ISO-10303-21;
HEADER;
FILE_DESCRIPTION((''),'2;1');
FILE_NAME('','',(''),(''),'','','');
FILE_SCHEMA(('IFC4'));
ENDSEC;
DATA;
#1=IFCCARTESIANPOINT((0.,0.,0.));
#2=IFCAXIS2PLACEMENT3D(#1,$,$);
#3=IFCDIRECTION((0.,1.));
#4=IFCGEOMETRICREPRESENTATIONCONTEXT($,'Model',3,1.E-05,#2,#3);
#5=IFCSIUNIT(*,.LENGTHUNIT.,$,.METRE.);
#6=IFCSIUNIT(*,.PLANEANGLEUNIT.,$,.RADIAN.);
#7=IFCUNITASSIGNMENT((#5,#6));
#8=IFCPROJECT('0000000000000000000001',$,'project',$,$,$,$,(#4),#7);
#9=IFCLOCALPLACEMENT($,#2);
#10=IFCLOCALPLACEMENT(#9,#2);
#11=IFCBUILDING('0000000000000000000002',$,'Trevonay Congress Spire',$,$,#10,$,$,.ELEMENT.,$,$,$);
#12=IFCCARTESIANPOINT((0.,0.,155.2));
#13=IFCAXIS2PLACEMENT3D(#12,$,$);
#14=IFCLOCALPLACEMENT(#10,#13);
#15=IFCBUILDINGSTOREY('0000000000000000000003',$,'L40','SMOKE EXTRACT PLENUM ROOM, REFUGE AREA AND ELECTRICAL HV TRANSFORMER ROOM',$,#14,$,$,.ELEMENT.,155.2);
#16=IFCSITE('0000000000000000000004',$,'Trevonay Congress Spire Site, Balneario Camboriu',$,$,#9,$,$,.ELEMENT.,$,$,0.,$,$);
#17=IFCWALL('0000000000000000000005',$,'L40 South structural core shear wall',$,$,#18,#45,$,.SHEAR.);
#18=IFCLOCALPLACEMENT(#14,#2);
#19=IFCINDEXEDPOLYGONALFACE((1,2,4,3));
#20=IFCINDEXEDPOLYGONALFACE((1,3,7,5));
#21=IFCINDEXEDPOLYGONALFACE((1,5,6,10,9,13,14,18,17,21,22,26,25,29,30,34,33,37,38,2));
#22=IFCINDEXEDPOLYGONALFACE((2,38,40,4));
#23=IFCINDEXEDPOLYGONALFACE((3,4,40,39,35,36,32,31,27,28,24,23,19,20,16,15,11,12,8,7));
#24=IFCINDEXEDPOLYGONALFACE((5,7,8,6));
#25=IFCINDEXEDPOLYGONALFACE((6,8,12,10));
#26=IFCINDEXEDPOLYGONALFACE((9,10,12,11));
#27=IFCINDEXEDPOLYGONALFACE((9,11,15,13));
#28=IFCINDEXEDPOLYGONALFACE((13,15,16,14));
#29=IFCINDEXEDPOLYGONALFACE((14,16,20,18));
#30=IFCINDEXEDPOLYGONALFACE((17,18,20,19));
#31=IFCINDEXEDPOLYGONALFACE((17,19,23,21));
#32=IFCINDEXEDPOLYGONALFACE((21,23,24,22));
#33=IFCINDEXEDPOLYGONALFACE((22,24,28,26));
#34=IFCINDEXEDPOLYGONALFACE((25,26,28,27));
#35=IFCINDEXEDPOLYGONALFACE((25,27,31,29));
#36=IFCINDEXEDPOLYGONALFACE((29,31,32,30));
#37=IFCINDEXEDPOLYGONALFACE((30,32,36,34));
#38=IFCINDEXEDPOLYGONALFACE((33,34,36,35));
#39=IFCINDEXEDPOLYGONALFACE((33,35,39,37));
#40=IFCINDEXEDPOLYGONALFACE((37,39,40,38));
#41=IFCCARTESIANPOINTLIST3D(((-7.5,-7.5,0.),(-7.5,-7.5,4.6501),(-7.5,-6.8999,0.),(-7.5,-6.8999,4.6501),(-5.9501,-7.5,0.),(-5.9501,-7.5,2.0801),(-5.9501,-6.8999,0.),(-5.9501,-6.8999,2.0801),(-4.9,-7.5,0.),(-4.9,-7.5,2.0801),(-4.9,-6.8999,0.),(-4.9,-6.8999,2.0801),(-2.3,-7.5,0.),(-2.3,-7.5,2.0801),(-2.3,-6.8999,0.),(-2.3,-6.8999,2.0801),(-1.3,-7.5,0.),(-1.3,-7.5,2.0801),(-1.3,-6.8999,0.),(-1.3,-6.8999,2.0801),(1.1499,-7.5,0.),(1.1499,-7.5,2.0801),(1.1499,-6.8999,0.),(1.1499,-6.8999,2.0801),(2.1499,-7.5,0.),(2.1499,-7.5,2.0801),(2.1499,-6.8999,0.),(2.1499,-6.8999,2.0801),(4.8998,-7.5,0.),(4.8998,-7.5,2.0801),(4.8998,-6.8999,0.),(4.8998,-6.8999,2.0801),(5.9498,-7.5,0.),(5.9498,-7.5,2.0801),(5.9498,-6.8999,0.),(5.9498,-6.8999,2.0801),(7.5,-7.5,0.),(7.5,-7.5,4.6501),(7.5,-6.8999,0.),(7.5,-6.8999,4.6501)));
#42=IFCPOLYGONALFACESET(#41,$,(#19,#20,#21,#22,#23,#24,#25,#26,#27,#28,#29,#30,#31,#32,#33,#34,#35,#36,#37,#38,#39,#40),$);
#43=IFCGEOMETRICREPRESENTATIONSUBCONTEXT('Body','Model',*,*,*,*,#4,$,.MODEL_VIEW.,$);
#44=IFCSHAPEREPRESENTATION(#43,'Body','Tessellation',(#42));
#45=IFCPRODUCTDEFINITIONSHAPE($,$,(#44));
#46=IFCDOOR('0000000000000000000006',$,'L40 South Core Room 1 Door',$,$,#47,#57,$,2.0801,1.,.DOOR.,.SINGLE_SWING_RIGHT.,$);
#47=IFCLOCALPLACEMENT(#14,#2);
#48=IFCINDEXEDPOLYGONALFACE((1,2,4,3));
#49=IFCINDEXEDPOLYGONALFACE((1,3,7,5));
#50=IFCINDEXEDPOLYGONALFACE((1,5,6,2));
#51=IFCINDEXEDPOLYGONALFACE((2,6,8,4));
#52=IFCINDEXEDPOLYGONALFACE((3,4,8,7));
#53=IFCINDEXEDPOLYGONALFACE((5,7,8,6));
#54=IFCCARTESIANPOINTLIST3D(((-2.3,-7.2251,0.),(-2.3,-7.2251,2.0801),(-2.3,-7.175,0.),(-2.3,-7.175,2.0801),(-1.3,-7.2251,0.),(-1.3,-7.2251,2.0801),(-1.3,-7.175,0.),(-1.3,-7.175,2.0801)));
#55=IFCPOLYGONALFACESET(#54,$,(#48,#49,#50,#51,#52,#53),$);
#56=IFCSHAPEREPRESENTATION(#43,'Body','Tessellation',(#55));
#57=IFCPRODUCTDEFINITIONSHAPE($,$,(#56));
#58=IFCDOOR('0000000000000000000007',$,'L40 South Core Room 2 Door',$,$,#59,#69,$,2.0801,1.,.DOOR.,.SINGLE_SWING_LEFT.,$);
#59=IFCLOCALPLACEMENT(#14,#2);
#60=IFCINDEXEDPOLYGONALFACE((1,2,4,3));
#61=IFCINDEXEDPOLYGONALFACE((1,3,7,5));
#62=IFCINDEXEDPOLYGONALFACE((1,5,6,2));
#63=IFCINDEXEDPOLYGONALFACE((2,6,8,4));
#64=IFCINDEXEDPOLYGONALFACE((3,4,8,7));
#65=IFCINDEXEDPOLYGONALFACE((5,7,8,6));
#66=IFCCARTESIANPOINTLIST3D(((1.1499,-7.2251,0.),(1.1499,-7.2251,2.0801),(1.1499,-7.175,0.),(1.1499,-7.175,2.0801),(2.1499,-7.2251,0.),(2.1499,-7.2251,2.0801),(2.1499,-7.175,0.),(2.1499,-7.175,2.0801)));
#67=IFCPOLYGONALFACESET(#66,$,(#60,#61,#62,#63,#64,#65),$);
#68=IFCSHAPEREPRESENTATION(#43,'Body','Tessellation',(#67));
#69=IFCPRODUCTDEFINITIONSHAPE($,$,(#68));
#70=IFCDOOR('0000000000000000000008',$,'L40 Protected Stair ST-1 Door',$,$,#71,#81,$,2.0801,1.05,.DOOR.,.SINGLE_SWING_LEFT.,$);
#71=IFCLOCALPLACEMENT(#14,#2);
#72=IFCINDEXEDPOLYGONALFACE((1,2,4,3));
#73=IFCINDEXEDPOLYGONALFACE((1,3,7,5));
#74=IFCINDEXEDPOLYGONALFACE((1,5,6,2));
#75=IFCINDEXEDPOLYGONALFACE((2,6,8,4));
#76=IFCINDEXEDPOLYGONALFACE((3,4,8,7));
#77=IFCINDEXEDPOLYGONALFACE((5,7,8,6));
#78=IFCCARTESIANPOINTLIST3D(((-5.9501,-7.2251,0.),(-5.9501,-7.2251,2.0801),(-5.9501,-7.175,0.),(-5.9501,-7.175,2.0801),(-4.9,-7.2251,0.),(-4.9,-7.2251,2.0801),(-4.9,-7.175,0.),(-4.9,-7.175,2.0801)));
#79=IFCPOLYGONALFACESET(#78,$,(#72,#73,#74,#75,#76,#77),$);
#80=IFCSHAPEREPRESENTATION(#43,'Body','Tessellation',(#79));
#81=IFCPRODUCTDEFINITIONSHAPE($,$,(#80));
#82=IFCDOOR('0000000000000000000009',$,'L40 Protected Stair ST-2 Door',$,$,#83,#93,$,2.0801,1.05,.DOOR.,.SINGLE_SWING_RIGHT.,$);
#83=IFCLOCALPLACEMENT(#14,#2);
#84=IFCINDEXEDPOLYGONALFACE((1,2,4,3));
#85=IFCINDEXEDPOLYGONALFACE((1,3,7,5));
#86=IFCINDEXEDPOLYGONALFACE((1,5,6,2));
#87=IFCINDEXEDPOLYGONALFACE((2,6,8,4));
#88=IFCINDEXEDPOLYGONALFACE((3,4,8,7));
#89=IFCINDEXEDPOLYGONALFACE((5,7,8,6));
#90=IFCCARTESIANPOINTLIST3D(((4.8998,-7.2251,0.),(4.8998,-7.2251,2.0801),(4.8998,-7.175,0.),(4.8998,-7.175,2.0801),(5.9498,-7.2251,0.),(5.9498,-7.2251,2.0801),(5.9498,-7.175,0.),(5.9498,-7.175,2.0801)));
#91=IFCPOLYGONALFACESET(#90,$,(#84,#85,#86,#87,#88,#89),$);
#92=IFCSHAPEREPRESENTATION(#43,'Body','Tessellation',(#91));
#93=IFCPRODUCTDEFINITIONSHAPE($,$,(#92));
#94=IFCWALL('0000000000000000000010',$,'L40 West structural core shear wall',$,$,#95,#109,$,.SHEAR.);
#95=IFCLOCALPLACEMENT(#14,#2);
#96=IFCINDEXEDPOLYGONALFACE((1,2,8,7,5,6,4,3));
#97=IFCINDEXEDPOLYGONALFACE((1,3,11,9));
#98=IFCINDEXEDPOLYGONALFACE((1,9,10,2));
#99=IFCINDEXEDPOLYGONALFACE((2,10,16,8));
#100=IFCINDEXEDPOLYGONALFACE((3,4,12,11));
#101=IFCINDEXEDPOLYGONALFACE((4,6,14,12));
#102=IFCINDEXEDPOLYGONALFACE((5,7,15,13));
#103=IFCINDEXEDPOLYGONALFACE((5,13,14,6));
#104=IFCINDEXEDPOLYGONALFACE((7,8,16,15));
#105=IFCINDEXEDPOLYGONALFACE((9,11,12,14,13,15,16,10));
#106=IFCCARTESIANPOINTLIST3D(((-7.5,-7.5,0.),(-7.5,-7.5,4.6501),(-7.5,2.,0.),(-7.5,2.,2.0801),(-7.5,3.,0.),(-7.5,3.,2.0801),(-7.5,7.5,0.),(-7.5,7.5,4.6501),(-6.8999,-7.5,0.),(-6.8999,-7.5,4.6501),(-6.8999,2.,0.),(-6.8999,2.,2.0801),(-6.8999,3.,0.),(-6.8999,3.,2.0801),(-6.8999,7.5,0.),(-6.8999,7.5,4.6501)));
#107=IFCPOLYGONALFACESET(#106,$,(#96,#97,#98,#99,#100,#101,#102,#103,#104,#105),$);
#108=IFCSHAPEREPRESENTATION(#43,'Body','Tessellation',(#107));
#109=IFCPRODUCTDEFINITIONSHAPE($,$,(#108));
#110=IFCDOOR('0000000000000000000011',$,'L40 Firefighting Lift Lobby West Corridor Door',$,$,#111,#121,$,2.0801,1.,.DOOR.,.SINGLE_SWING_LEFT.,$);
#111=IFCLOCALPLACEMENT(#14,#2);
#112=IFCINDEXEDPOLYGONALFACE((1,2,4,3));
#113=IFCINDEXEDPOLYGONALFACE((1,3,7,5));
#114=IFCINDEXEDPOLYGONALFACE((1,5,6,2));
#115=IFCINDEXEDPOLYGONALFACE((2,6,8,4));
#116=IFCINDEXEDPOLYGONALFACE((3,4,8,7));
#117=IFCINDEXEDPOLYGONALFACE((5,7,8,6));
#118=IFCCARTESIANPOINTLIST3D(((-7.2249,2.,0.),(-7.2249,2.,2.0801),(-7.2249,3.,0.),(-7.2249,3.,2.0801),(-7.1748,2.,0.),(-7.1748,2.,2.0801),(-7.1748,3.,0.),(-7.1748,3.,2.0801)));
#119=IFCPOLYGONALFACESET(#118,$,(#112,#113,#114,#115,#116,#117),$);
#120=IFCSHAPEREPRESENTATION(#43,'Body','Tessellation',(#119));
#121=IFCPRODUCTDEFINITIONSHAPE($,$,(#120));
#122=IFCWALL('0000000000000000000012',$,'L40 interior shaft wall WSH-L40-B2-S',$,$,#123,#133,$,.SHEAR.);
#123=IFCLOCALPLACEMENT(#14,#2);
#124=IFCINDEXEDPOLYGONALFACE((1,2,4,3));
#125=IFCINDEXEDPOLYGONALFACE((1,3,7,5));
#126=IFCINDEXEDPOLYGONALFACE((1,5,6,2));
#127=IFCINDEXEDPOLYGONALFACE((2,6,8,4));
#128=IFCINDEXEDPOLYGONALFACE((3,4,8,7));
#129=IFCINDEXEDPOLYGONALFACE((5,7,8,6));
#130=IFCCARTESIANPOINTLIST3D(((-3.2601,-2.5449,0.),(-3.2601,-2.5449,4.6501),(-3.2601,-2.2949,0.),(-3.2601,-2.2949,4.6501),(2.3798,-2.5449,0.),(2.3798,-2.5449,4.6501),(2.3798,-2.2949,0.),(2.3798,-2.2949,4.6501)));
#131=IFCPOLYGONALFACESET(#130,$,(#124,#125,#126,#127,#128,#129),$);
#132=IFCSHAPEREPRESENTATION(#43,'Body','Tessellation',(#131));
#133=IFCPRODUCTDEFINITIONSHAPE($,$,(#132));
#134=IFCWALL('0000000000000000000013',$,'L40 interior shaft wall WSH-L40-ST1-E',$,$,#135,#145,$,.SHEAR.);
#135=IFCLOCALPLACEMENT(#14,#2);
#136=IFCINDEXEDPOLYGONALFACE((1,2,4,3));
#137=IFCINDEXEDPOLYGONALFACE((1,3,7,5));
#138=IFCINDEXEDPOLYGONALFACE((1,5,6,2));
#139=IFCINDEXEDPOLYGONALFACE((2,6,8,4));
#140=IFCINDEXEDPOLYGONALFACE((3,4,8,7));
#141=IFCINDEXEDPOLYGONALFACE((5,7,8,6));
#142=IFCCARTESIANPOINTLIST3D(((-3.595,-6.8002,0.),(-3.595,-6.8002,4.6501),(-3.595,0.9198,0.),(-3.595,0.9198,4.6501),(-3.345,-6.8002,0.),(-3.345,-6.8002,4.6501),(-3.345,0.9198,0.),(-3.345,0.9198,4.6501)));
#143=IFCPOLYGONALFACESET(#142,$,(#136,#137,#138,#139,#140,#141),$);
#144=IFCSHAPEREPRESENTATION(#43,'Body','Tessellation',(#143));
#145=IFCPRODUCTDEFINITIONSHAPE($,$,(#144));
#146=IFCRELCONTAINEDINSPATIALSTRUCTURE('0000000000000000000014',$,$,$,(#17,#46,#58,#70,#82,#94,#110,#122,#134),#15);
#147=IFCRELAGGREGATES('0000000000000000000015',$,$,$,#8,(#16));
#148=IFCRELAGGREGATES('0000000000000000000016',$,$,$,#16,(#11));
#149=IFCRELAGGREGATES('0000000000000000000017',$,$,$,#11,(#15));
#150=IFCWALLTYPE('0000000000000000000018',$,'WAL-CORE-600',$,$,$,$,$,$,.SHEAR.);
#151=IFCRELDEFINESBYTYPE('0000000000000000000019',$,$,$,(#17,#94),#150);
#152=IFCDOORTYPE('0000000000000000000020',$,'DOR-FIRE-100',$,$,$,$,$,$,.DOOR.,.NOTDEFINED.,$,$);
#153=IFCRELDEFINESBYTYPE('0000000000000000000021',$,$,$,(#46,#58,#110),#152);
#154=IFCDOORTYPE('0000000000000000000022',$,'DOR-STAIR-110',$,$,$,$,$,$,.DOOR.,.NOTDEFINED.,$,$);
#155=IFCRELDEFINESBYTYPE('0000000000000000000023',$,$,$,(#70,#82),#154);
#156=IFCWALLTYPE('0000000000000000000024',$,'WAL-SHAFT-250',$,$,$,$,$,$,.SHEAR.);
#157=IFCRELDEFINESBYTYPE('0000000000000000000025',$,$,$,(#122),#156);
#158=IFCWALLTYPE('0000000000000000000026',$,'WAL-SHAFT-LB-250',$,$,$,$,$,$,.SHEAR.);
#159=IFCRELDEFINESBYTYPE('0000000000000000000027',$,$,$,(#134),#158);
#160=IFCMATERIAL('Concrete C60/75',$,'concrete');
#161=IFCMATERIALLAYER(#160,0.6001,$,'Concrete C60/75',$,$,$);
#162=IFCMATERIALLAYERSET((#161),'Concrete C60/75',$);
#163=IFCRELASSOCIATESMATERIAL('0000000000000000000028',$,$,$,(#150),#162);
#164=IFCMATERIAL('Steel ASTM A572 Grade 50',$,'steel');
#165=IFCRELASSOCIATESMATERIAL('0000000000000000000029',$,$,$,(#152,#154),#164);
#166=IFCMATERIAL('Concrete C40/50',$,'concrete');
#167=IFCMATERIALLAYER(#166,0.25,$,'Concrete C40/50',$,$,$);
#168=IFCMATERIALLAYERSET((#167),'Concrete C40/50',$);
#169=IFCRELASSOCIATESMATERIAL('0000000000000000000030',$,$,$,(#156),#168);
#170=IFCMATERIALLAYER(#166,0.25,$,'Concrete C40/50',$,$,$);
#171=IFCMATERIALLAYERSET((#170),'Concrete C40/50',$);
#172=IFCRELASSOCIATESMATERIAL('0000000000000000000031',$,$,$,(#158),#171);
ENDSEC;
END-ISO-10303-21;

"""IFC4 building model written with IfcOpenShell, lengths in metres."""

from ifc_helpers import new_model, si_unit, direction, frame, frame_2d, origin, place, context, subcontext, project, spatial, rectangle, extrude, material, layer, layer_set, type_object, element, fill, save


model = new_model("IFC4")

# Units and contexts
model_context = context("Model", 3, precision=1e-05, world=origin(), true_north=direction((0.0, 1.0)))
body_context = subcontext(model_context, "Body", "Model", "MODEL_VIEW")
ifc_project = project(units=[si_unit("LENGTHUNIT", "METRE"), si_unit("PLANEANGLEUNIT", "RADIAN")], contexts=[model_context])

# Site, building, storey
site_placement = place(None, origin())
site = spatial("IfcSite", under=ifc_project, at=site_placement, Name="Trevonay Congress Spire Site, Balneario Camboriu", CompositionType="ELEMENT", RefElevation=0.0)
building_placement = place(site_placement, origin())
building = spatial("IfcBuilding", under=site, at=building_placement, Name="Trevonay Congress Spire", CompositionType="ELEMENT")
storey_placement = place(building_placement, frame((0.0, 0.0, 155.2)))
storey = spatial("IfcBuildingStorey", under=building, at=storey_placement, Name="L40", Description="SMOKE EXTRACT PLENUM ROOM, REFUGE AREA AND ELECTRICAL HV TRANSFORMER ROOM", CompositionType="ELEMENT", Elevation=155.2)

# Shared definitions
ifc_material_1 = material(Name="Steel ASTM A572 Grade 50", Category="steel")

# Wall, openings, doors
ifc_material_2 = material(Name="Concrete C60/75", Category="concrete")
ifc_layer_1 = layer(ifc_material_2, 0.6001, Name="Concrete C60/75")
ifc_layer_set_1 = layer_set([ifc_layer_1], Name="Concrete C60/75")
wall_type_1 = type_object("IfcWallType", Name="WAL-CORE-600", PredefinedType="SHEAR", material=ifc_layer_set_1)
wall_1_placement = place(storey_placement, frame((-7.5, -7.2, 0.0), z_axis=(0.0, 0.0, 1.0), x_axis=(1.0, 0.0, 0.0)))
wall_1 = element("IfcWall", 1, at=wall_1_placement, inside=storey, type_object=wall_type_1, Name="L40 South structural core shear wall", PredefinedType="SHEAR", context=body_context, shape_type="SweptSolid", body=[
    extrude(rectangle(XDim=15.0, YDim=0.6001, at=frame_2d((7.5, 0.0))), origin(), (0.0, 0.0, 1.0), 4.6501),
])
opening_1_placement = place(wall_1_placement, frame((1.55, 0.0, 0.0)))
opening_1 = element("IfcOpeningElement", 2, at=opening_1_placement, cuts=wall_1, PredefinedType="OPENING", context=body_context, shape_type="SweptSolid", body=[
    extrude(rectangle(XDim=1.05, YDim=2.0801, at=frame_2d((0.5249, 1.04))), frame((0.0, 0.3101, 0.0), z_axis=(0.0, -1.0, 0.0), x_axis=(1.0, 0.0, 0.0)), (0.0, 0.0, 1.0), 0.6201),
])
opening_2_placement = place(wall_1_placement, frame((12.3999, 0.0, 0.0)))
opening_2 = element("IfcOpeningElement", 3, at=opening_2_placement, cuts=wall_1, PredefinedType="OPENING", context=body_context, shape_type="SweptSolid", body=[
    extrude(rectangle(XDim=1.05, YDim=2.0801, at=frame_2d((0.5249, 1.04))), frame((0.0, 0.3101, 0.0), z_axis=(0.0, -1.0, 0.0), x_axis=(1.0, 0.0, 0.0)), (0.0, 0.0, 1.0), 0.6201),
])
opening_3_placement = place(wall_1_placement, frame((5.2, 0.0, 0.0)))
opening_3 = element("IfcOpeningElement", 4, at=opening_3_placement, cuts=wall_1, PredefinedType="OPENING", context=body_context, shape_type="SweptSolid", body=[
    extrude(rectangle(XDim=1.0, YDim=2.0801, at=frame_2d((0.5, 1.04))), frame((0.0, 0.3101, 0.0), z_axis=(0.0, -1.0, 0.0), x_axis=(1.0, 0.0, 0.0)), (0.0, 0.0, 1.0), 0.6201),
])
opening_4_placement = place(wall_1_placement, frame((8.6499, 0.0, 0.0)))
opening_4 = element("IfcOpeningElement", 5, at=opening_4_placement, cuts=wall_1, PredefinedType="OPENING", context=body_context, shape_type="SweptSolid", body=[
    extrude(rectangle(XDim=1.0, YDim=2.0801, at=frame_2d((0.5, 1.04))), frame((0.0, 0.3101, 0.0), z_axis=(0.0, -1.0, 0.0), x_axis=(1.0, 0.0, 0.0)), (0.0, 0.0, 1.0), 0.6201),
])
door_type_1 = type_object("IfcDoorType", Name="DOR-FIRE-100", OperationType="NOTDEFINED", PredefinedType="DOOR", material=ifc_material_1)
door_1_placement = place(opening_3_placement, origin())
door_1 = element("IfcDoor", 6, at=door_1_placement, inside=storey, type_object=door_type_1, Name="L40 South Core Room 1 Door", OperationType="SINGLE_SWING_RIGHT", OverallHeight=2.0801, OverallWidth=1.0, PredefinedType="DOOR", context=body_context, shape_type="SweptSolid", body=[
    extrude(rectangle(XDim=1.0, YDim=2.0801, at=frame_2d((0.5, 1.04))), frame((0.0, 0.0249, 0.0), z_axis=(0.0, -1.0, 0.0), x_axis=(1.0, 0.0, 0.0)), (0.0, 0.0, 1.0), 0.05),
])
fill(opening_3, door_1)
door_2_placement = place(opening_4_placement, origin())
door_2 = element("IfcDoor", 7, at=door_2_placement, inside=storey, type_object=door_type_1, Name="L40 South Core Room 2 Door", OperationType="SINGLE_SWING_LEFT", OverallHeight=2.0801, OverallWidth=1.0, PredefinedType="DOOR", context=body_context, shape_type="SweptSolid", body=[
    extrude(rectangle(XDim=1.0, YDim=2.0801, at=frame_2d((0.5, 1.04))), frame((0.0, 0.0249, 0.0), z_axis=(0.0, -1.0, 0.0), x_axis=(1.0, 0.0, 0.0)), (0.0, 0.0, 1.0), 0.05),
])
fill(opening_4, door_2)
door_type_2 = type_object("IfcDoorType", Name="DOR-STAIR-110", OperationType="NOTDEFINED", PredefinedType="DOOR", material=ifc_material_1)
door_3_placement = place(opening_1_placement, origin())
door_3 = element("IfcDoor", 8, at=door_3_placement, inside=storey, type_object=door_type_2, Name="L40 Protected Stair ST-1 Door", OperationType="SINGLE_SWING_LEFT", OverallHeight=2.0801, OverallWidth=1.05, PredefinedType="DOOR", context=body_context, shape_type="SweptSolid", body=[
    extrude(rectangle(XDim=1.05, YDim=2.0801, at=frame_2d((0.5249, 1.04))), frame((0.0, 0.0249, 0.0), z_axis=(0.0, -1.0, 0.0), x_axis=(1.0, 0.0, 0.0)), (0.0, 0.0, 1.0), 0.05),
])
fill(opening_1, door_3)
door_4_placement = place(opening_2_placement, origin())
door_4 = element("IfcDoor", 9, at=door_4_placement, inside=storey, type_object=door_type_2, Name="L40 Protected Stair ST-2 Door", OperationType="SINGLE_SWING_RIGHT", OverallHeight=2.0801, OverallWidth=1.05, PredefinedType="DOOR", context=body_context, shape_type="SweptSolid", body=[
    extrude(rectangle(XDim=1.05, YDim=2.0801, at=frame_2d((0.5249, 1.04))), frame((0.0, 0.0249, 0.0), z_axis=(0.0, -1.0, 0.0), x_axis=(1.0, 0.0, 0.0)), (0.0, 0.0, 1.0), 0.05),
])
fill(opening_2, door_4)

# Wall, opening, door
wall_2_placement = place(storey_placement, frame((-7.2, -7.5, 0.0), z_axis=(0.0, 0.0, 1.0), x_axis=(0.0, 1.0, 0.0)))
wall_2 = element("IfcWall", 10, at=wall_2_placement, inside=storey, type_object=wall_type_1, Name="L40 West structural core shear wall", PredefinedType="SHEAR", context=body_context, shape_type="SweptSolid", body=[
    extrude(rectangle(XDim=15.0, YDim=0.6001, at=frame_2d((7.5, 0.0))), origin(), (0.0, 0.0, 1.0), 4.6501),
])
opening_5_placement = place(wall_2_placement, frame((9.5, 0.0, 0.0)))
opening_5 = element("IfcOpeningElement", 11, at=opening_5_placement, cuts=wall_2, PredefinedType="OPENING", context=body_context, shape_type="SweptSolid", body=[
    extrude(rectangle(XDim=1.0, YDim=2.0801, at=frame_2d((0.5, 1.04))), frame((0.0, 0.3101, 0.0), z_axis=(0.0, -1.0, 0.0), x_axis=(1.0, 0.0, 0.0)), (0.0, 0.0, 1.0), 0.6201),
])
door_5_placement = place(opening_5_placement, origin())
door_5 = element("IfcDoor", 12, at=door_5_placement, inside=storey, type_object=door_type_1, Name="L40 Firefighting Lift Lobby West Corridor Door", OperationType="SINGLE_SWING_LEFT", OverallHeight=2.0801, OverallWidth=1.0, PredefinedType="DOOR", context=body_context, shape_type="SweptSolid", body=[
    extrude(rectangle(XDim=1.0, YDim=2.0801, at=frame_2d((0.5, 1.04))), frame((0.0, 0.0249, 0.0), z_axis=(0.0, -1.0, 0.0), x_axis=(1.0, 0.0, 0.0)), (0.0, 0.0, 1.0), 0.05),
])
fill(opening_5, door_5)

# Walls
ifc_material_3 = material(Name="Concrete C40/50", Category="concrete")
ifc_layer_2 = layer(ifc_material_3, 0.25, Name="Concrete C40/50")
ifc_layer_set_2 = layer_set([ifc_layer_2], Name="Concrete C40/50")
wall_type_2 = type_object("IfcWallType", Name="WAL-SHAFT-250", PredefinedType="SHEAR", material=ifc_layer_set_2)
wall_3_placement = place(storey_placement, frame((-3.26, -2.4199, 0.0), z_axis=(0.0, 0.0, 1.0), x_axis=(1.0, 0.0, 0.0)))
element("IfcWall", 13, at=wall_3_placement, inside=storey, type_object=wall_type_2, Name="L40 interior shaft wall WSH-L40-B2-S", PredefinedType="SHEAR", context=body_context, shape_type="SweptSolid", body=[
    extrude(rectangle(XDim=5.6399, YDim=0.25, at=frame_2d((2.8198, 0.0))), origin(), (0.0, 0.0, 1.0), 4.6501),
])
ifc_layer_3 = layer(ifc_material_3, 0.25, Name="Concrete C40/50")
ifc_layer_set_3 = layer_set([ifc_layer_3], Name="Concrete C40/50")
wall_type_3 = type_object("IfcWallType", Name="WAL-SHAFT-LB-250", PredefinedType="SHEAR", material=ifc_layer_set_3)
wall_4_placement = place(storey_placement, frame((-3.47, -6.8, 0.0), z_axis=(0.0, 0.0, 1.0), x_axis=(0.0, 1.0, 0.0)))
element("IfcWall", 14, at=wall_4_placement, inside=storey, type_object=wall_type_3, Name="L40 interior shaft wall WSH-L40-ST1-E", PredefinedType="SHEAR", context=body_context, shape_type="SweptSolid", body=[
    extrude(rectangle(XDim=7.72, YDim=0.25, at=frame_2d((3.8599, 0.0))), origin(), (0.0, 0.0, 1.0), 4.6501),
])

save(model, "model.ifc")
